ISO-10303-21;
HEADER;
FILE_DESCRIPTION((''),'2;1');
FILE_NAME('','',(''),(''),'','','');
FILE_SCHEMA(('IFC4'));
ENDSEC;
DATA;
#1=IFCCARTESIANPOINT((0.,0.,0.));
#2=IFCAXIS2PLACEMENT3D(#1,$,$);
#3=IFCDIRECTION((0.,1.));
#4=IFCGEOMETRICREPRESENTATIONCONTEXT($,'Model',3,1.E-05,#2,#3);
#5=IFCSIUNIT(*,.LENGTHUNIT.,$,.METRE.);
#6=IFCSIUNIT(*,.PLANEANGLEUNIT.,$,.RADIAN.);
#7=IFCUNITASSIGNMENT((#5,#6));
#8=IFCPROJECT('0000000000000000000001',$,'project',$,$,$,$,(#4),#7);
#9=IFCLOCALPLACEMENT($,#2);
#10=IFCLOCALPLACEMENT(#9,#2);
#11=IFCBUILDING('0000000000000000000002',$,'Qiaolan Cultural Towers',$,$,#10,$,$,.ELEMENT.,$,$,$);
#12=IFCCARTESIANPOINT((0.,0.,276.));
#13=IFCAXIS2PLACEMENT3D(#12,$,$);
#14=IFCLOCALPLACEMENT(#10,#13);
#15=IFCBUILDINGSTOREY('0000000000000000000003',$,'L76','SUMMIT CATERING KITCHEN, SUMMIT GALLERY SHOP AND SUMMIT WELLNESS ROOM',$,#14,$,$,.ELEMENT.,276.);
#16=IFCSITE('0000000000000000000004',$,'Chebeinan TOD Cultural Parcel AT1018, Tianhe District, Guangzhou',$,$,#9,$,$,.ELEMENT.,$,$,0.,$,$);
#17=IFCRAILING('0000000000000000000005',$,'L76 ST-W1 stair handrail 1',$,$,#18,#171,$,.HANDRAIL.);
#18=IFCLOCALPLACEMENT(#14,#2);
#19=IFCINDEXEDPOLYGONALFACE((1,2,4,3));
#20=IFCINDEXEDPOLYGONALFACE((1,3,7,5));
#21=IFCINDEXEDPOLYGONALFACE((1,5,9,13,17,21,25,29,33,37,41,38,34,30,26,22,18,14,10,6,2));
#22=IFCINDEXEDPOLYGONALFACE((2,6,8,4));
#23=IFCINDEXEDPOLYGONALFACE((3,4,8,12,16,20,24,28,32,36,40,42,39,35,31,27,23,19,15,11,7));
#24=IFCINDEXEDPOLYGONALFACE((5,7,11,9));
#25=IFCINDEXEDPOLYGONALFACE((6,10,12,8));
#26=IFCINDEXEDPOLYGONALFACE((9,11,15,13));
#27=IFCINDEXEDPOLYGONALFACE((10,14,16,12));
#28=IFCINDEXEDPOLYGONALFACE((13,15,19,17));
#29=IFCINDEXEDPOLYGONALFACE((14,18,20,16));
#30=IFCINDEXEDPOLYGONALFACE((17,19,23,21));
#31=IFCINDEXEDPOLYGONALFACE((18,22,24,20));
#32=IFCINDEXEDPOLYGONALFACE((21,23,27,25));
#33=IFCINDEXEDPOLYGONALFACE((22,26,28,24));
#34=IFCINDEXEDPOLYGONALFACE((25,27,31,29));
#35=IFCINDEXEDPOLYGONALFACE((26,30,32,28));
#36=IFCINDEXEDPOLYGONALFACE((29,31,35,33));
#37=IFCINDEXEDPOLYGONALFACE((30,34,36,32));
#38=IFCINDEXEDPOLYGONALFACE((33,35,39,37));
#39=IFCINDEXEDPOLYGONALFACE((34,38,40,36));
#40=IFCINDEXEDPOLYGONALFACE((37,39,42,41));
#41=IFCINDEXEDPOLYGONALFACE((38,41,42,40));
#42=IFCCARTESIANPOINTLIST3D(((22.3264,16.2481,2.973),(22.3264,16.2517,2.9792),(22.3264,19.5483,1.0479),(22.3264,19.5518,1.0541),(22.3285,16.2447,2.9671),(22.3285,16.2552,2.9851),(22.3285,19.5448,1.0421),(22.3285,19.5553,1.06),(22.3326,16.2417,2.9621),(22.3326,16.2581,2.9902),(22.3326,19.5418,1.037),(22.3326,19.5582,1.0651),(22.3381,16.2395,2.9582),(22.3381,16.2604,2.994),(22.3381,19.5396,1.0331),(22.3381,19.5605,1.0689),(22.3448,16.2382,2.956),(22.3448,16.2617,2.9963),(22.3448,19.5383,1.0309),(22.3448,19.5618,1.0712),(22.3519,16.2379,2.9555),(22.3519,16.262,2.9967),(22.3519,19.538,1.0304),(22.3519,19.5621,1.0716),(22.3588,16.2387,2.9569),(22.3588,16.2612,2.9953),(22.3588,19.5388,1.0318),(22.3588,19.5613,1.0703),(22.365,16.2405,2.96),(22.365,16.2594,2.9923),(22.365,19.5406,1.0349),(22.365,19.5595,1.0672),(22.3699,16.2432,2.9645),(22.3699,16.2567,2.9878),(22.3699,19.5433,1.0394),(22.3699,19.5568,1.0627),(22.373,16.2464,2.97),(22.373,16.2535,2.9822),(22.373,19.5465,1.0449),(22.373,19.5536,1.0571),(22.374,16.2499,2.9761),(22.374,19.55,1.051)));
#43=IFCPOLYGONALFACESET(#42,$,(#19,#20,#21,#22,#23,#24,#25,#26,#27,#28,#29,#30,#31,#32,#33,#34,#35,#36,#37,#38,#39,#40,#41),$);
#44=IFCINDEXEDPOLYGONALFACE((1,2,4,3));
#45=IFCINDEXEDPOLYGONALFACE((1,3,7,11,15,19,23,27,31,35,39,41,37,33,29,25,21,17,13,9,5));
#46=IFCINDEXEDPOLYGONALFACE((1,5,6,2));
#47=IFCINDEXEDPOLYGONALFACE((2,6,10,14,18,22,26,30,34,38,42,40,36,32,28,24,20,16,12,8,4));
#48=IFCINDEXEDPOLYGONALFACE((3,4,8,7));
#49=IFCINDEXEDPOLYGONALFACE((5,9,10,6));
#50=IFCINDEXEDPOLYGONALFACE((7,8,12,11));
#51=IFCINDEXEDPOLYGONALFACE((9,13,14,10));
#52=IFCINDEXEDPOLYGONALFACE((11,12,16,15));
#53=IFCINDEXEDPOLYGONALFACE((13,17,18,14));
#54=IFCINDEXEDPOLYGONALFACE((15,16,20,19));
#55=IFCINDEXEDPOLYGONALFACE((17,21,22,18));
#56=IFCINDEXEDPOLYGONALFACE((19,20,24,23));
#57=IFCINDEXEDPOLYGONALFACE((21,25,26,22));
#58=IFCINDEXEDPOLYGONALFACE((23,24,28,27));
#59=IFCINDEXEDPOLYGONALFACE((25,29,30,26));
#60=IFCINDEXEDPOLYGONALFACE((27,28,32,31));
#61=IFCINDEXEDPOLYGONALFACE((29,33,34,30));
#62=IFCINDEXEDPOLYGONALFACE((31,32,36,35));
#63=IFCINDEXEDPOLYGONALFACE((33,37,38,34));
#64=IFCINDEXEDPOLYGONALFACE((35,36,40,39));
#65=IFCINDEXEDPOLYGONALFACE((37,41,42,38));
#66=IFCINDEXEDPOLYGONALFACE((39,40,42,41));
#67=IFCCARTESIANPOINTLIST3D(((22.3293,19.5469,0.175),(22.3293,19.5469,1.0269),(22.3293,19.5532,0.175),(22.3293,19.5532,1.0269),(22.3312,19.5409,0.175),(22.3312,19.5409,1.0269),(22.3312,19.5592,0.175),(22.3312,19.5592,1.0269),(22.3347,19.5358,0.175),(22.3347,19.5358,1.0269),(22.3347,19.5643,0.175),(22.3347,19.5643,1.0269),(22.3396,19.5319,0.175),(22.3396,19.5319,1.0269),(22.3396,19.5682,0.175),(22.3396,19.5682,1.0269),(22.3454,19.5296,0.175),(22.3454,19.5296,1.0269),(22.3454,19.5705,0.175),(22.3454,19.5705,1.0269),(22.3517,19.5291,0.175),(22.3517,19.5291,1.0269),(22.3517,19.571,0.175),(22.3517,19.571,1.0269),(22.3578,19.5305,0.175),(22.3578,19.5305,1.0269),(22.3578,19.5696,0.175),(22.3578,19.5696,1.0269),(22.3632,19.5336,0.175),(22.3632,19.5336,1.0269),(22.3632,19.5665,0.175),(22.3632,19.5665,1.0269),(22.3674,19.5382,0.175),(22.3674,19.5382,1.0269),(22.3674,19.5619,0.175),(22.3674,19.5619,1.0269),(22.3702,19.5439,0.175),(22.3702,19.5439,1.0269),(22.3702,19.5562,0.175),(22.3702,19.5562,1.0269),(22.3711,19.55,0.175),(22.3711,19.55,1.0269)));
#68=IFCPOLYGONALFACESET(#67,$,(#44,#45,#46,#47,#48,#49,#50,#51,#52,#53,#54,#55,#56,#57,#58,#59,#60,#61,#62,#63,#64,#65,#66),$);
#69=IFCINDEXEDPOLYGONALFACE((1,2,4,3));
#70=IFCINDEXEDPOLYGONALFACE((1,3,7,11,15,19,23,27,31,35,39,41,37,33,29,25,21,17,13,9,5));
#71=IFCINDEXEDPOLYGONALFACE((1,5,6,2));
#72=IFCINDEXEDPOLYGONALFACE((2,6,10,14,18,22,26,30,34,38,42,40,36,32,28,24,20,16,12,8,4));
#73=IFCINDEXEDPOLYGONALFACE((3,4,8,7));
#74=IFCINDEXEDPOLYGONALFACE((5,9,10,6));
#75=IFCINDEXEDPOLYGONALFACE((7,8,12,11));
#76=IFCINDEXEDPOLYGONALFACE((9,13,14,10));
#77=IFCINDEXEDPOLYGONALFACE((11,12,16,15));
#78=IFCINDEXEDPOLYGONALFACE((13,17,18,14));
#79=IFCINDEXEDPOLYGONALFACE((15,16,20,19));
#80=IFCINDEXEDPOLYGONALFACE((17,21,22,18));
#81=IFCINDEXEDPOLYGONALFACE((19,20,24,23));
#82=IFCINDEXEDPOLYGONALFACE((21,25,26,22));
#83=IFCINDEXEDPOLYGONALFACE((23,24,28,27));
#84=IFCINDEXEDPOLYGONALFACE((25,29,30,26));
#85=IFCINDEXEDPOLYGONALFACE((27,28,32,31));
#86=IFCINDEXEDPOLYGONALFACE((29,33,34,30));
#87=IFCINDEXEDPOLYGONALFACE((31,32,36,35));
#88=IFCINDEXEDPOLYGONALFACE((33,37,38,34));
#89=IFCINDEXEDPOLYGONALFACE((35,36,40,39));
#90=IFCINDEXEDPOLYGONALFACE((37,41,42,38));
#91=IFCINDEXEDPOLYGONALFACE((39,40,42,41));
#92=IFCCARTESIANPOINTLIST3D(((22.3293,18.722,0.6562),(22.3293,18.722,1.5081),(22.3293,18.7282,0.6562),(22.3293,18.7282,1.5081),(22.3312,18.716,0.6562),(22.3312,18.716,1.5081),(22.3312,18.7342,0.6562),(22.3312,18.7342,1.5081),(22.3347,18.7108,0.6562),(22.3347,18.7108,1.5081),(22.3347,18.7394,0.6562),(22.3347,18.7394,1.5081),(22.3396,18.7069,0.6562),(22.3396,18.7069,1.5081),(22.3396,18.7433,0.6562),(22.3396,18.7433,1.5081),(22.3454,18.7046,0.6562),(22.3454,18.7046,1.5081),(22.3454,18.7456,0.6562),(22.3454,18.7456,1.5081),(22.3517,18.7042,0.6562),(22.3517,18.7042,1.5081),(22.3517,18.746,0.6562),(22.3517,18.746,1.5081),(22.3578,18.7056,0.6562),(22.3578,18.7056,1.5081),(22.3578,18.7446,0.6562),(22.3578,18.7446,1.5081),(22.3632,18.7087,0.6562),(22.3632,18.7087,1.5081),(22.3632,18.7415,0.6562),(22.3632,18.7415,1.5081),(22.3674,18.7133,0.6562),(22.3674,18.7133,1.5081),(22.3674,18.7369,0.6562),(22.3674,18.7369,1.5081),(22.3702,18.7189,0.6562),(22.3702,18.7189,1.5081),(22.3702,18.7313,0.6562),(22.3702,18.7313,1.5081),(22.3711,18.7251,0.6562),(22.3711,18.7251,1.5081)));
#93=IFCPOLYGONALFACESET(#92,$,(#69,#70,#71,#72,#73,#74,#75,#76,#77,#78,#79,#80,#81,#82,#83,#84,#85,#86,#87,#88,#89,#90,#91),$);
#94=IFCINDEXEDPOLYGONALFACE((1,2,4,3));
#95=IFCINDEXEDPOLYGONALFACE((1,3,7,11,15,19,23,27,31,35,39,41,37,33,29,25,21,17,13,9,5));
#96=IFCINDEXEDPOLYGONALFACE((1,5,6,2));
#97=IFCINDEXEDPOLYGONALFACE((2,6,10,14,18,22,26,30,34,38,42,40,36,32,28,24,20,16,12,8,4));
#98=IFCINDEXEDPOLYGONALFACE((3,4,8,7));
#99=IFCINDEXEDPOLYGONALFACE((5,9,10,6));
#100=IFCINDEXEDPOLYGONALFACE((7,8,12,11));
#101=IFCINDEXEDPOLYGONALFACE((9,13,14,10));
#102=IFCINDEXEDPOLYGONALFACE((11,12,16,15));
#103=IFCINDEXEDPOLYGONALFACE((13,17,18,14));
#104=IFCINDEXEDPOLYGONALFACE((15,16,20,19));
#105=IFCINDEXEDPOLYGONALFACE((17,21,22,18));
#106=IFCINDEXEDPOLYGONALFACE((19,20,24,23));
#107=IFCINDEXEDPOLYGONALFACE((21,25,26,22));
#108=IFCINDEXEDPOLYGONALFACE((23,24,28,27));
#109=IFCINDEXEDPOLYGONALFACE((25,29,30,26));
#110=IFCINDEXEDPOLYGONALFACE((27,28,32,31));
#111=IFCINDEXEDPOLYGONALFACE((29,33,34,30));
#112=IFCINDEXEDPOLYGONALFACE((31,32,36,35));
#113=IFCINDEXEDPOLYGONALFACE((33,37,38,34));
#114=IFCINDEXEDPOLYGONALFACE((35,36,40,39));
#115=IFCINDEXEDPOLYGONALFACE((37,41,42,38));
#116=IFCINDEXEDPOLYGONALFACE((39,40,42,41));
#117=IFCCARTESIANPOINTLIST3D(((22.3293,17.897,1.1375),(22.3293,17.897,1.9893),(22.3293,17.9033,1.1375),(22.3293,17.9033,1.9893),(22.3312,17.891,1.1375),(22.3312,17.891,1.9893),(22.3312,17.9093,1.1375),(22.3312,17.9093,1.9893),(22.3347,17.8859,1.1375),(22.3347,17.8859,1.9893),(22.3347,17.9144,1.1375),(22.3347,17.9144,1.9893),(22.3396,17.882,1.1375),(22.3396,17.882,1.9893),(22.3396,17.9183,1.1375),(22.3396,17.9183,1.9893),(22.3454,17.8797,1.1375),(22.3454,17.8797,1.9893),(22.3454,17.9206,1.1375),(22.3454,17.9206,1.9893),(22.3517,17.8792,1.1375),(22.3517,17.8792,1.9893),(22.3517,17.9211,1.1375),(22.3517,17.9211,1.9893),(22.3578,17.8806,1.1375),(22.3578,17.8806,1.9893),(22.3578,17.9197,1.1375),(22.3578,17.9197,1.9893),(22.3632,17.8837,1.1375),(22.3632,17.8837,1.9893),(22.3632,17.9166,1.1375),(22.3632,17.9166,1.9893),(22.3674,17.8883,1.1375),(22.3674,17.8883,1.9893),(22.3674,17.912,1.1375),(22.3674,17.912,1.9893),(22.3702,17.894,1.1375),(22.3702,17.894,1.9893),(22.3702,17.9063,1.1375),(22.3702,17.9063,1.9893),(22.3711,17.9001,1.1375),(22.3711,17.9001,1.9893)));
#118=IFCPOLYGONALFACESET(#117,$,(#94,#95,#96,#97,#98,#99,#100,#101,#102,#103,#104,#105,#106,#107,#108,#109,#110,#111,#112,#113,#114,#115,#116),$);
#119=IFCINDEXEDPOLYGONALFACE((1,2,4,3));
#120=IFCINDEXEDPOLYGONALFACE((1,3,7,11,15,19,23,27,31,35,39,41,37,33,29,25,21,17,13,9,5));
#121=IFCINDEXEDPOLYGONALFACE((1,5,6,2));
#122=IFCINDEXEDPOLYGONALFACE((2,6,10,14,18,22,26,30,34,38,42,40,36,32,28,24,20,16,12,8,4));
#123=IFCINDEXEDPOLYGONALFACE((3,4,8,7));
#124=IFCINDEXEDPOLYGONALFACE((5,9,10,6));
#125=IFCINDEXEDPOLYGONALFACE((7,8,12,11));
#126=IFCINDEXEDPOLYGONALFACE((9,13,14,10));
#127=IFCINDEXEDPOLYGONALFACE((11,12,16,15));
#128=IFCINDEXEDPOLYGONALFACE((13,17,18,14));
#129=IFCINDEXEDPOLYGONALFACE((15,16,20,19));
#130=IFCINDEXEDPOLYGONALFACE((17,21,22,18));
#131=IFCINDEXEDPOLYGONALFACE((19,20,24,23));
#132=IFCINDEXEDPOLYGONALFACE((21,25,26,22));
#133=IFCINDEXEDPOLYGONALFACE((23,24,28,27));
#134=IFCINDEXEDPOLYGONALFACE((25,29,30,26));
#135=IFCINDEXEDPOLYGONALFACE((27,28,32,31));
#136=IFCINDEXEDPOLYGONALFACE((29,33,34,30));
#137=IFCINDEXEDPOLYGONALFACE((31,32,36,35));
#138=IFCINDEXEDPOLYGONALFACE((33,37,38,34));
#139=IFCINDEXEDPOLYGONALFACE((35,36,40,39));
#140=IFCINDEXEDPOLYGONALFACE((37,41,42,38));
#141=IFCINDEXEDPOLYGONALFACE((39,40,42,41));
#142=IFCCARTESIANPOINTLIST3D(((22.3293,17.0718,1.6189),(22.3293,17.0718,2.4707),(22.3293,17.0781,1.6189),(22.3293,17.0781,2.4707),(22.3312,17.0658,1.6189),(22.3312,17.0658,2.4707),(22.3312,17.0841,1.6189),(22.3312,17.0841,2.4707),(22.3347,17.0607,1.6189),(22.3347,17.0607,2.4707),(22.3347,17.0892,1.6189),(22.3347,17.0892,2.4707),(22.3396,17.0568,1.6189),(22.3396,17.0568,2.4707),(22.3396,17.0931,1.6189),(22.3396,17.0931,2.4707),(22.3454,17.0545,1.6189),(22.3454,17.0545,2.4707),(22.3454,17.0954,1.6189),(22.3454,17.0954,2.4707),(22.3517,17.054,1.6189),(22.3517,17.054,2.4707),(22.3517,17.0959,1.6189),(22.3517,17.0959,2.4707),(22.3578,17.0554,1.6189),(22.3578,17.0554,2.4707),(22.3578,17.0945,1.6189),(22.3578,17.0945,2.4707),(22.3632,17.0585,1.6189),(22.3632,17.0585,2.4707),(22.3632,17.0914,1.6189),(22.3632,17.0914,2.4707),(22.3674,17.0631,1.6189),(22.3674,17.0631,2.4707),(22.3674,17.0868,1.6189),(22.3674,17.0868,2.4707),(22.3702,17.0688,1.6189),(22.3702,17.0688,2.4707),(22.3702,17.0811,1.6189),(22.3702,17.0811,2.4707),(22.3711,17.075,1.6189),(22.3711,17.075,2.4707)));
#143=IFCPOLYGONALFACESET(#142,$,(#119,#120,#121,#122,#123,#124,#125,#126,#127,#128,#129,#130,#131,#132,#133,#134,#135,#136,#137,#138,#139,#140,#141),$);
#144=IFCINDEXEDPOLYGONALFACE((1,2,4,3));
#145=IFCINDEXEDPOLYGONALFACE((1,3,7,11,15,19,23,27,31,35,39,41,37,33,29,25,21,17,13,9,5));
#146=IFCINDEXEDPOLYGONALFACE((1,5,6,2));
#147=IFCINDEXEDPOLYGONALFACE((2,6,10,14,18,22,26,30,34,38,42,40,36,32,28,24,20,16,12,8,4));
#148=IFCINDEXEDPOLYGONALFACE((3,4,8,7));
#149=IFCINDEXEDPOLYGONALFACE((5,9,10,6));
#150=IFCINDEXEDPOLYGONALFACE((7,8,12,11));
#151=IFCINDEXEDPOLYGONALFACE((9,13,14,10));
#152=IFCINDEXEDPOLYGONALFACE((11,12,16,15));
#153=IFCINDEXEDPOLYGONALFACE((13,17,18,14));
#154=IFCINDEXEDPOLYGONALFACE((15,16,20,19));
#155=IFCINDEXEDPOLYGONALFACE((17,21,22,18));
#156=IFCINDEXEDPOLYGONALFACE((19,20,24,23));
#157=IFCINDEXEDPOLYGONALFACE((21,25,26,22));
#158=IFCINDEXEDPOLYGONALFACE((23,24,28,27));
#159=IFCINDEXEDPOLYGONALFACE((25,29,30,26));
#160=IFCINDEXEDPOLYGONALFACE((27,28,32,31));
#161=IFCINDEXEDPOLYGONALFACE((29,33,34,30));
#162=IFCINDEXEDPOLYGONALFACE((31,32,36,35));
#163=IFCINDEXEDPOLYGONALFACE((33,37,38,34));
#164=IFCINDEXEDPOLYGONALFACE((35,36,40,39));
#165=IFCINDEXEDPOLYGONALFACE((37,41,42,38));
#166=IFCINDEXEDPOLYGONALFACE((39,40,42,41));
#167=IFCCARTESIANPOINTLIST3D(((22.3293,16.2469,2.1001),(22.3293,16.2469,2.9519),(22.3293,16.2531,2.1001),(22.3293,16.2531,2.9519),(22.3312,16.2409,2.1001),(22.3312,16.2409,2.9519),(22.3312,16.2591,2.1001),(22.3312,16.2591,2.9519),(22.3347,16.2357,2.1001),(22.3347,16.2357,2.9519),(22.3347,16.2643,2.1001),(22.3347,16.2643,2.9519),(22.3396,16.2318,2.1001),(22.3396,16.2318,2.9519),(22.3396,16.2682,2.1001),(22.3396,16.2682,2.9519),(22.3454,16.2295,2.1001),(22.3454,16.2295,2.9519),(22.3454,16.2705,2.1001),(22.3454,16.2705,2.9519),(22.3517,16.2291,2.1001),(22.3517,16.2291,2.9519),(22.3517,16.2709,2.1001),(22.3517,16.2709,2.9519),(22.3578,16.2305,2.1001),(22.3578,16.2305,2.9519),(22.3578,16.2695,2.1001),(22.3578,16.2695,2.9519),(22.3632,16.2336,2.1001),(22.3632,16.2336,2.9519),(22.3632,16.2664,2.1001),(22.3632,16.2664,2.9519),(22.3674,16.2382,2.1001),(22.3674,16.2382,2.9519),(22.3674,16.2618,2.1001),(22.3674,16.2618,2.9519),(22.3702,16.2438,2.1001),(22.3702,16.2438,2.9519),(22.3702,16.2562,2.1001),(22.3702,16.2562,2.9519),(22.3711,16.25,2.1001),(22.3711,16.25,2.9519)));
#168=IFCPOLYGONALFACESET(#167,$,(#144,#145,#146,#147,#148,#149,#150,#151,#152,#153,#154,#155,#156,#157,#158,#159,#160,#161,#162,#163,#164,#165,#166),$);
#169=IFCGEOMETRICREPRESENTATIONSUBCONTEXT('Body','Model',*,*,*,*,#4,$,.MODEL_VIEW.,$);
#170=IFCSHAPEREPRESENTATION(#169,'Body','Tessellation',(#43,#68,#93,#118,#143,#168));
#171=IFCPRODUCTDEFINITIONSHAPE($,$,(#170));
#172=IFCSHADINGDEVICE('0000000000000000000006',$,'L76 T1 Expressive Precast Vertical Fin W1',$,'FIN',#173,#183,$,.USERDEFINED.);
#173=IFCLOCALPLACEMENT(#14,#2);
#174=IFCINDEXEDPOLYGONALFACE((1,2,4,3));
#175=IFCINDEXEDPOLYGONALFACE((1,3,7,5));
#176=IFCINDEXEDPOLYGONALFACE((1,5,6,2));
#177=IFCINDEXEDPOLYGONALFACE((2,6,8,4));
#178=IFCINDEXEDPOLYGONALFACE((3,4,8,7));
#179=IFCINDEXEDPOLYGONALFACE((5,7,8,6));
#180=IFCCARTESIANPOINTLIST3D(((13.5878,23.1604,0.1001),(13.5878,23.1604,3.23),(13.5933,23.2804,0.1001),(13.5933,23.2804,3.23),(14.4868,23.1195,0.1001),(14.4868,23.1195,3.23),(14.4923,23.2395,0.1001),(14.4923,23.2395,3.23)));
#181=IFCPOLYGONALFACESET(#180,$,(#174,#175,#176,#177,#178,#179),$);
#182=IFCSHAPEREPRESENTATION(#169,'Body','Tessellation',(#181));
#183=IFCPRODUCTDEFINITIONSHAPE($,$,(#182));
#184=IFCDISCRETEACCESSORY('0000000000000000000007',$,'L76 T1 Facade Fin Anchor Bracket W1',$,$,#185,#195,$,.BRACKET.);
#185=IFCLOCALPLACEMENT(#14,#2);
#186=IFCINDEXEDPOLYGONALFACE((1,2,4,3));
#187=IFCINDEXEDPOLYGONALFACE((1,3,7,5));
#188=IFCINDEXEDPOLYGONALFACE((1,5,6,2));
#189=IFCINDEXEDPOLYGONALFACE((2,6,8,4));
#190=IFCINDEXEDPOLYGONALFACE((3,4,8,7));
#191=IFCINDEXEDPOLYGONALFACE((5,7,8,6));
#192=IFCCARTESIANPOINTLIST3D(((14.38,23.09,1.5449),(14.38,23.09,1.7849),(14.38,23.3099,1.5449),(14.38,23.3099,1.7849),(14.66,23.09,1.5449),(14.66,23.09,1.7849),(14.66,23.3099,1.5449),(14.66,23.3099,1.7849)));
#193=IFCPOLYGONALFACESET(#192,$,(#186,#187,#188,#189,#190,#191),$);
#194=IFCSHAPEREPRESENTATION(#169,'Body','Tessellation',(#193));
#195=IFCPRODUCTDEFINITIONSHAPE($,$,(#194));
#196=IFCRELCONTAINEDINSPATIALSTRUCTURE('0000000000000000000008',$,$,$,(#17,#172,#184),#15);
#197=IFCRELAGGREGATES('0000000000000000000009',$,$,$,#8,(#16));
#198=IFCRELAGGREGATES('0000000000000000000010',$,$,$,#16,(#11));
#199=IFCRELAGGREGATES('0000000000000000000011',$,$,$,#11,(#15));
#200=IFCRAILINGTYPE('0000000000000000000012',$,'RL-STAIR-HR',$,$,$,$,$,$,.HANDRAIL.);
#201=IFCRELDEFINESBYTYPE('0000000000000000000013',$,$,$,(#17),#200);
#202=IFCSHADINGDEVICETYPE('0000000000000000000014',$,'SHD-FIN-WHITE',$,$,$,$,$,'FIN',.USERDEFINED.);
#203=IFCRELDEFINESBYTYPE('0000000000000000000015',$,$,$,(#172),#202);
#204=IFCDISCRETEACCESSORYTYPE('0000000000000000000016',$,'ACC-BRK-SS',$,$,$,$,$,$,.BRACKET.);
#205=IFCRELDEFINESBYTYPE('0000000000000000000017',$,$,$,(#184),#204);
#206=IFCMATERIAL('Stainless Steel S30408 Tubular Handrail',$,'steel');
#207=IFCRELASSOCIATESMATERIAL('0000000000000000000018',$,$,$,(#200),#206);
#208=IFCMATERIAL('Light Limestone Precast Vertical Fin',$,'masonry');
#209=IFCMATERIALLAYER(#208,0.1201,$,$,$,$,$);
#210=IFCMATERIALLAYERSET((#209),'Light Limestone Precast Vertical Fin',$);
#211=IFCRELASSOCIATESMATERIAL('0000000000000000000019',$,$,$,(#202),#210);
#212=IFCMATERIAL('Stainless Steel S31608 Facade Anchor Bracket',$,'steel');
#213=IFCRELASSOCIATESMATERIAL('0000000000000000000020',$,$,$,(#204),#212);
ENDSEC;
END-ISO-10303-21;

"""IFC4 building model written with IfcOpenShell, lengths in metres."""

from ifc_helpers import new_model, si_unit, direction, frame, origin, origin_2d, place, context, subcontext, project, spatial, rectangle, circle, extrude, material, layer, layer_set, type_object, element, save


model = new_model("IFC4")

# Units and contexts
model_context = context("Model", 3, precision=1e-05, world=origin(), true_north=direction((0.0, 1.0)))
body_context = subcontext(model_context, "Body", "Model", "MODEL_VIEW")
ifc_project = project(units=[si_unit("LENGTHUNIT", "METRE"), si_unit("PLANEANGLEUNIT", "RADIAN")], contexts=[model_context])

# Site, building, storey
site_placement = place(None, origin())
site = spatial("IfcSite", under=ifc_project, at=site_placement, Name="Chebeinan TOD Cultural Parcel AT1018, Tianhe District, Guangzhou", CompositionType="ELEMENT", RefElevation=0.0)
building_placement = place(site_placement, origin())
building = spatial("IfcBuilding", under=site, at=building_placement, Name="Qiaolan Cultural Towers", CompositionType="ELEMENT")
storey_placement = place(building_placement, frame((0.0, 0.0, 276.0)))
storey = spatial("IfcBuildingStorey", under=building, at=storey_placement, Name="L76", Description="SUMMIT CATERING KITCHEN, SUMMIT GALLERY SHOP AND SUMMIT WELLNESS ROOM", CompositionType="ELEMENT", Elevation=276.0)

# Railing
ifc_material_1 = material(Name="Stainless Steel S30408 Tubular Handrail", Category="steel")
railing_type_1 = type_object("IfcRailingType", Name="RL-STAIR-HR", PredefinedType="HANDRAIL", material=ifc_material_1)
railing_1_placement = place(storey_placement, frame((22.3501, 19.55, 0.175)))
element("IfcRailing", 1, at=railing_1_placement, inside=storey, type_object=railing_type_1, Name="L76 ST-W1 stair handrail 1", PredefinedType="HANDRAIL", context=body_context, shape_type="SweptSolid", body=[
    extrude(circle(Radius=0.0239, at=origin_2d()), frame((0.0, 0.0, 0.876), z_axis=(0.0, -0.863777, 0.503875), x_axis=(1.0, 0.0, 0.0)), (0.0, 0.0, 1.0), 3.8206),
    extrude(circle(Radius=0.021, at=origin_2d()), origin(), (0.0, 0.0, 1.0), 0.8518),
    extrude(circle(Radius=0.021, at=origin_2d()), frame((0.0, -0.825, 0.4812)), (0.0, 0.0, 1.0), 0.8518),
    extrude(circle(Radius=0.021, at=origin_2d()), frame((0.0, -1.6499, 0.9624)), (0.0, 0.0, 1.0), 0.8518),
    extrude(circle(Radius=0.021, at=origin_2d()), frame((0.0, -2.4751, 1.4438)), (0.0, 0.0, 1.0), 0.8518),
    extrude(circle(Radius=0.021, at=origin_2d()), frame((0.0, -3.3, 1.925)), (0.0, 0.0, 1.0), 0.8518),
])

# Shading device
ifc_material_2 = material(Name="Light Limestone Precast Vertical Fin", Category="masonry")
ifc_layer_1 = layer(ifc_material_2, 0.1201)
ifc_layer_set_1 = layer_set([ifc_layer_1], Name="Light Limestone Precast Vertical Fin")
shading_device_type = type_object("IfcShadingDeviceType", Name="SHD-FIN-WHITE", ElementType="FIN", PredefinedType="USERDEFINED", material=ifc_layer_set_1)
shading_device_placement = place(storey_placement, frame((14.04, 23.2, 0.1001), z_axis=(0.0, 0.0, 1.0), x_axis=(0.998967, -0.045445, 0.0)))
element("IfcShadingDevice", 2, at=shading_device_placement, inside=storey, type_object=shading_device_type, Name="L76 T1 Expressive Precast Vertical Fin W1", ObjectType="FIN", PredefinedType="USERDEFINED", context=body_context, shape_type="SweptSolid", body=[
    extrude(rectangle(XDim=0.8999, YDim=0.1201, at=origin_2d()), origin(), (0.0, 0.0, 1.0), 3.1299),
])

# Discrete accessory
ifc_material_3 = material(Name="Stainless Steel S31608 Facade Anchor Bracket", Category="steel")
discrete_accessory_type = type_object("IfcDiscreteAccessoryType", Name="ACC-BRK-SS", PredefinedType="BRACKET", material=ifc_material_3)
discrete_accessory_placement = place(storey_placement, frame((14.52, 23.2, 1.5449), z_axis=(0.0, 0.0, 1.0), x_axis=(1.0, 0.0, 0.0)))
element("IfcDiscreteAccessory", 3, at=discrete_accessory_placement, inside=storey, type_object=discrete_accessory_type, Name="L76 T1 Facade Fin Anchor Bracket W1", PredefinedType="BRACKET", context=body_context, shape_type="SweptSolid", body=[
    extrude(rectangle(XDim=0.28, YDim=0.22, at=origin_2d()), origin(), (0.0, 0.0, 1.0), 0.24),
])

save(model, "model.ifc")
